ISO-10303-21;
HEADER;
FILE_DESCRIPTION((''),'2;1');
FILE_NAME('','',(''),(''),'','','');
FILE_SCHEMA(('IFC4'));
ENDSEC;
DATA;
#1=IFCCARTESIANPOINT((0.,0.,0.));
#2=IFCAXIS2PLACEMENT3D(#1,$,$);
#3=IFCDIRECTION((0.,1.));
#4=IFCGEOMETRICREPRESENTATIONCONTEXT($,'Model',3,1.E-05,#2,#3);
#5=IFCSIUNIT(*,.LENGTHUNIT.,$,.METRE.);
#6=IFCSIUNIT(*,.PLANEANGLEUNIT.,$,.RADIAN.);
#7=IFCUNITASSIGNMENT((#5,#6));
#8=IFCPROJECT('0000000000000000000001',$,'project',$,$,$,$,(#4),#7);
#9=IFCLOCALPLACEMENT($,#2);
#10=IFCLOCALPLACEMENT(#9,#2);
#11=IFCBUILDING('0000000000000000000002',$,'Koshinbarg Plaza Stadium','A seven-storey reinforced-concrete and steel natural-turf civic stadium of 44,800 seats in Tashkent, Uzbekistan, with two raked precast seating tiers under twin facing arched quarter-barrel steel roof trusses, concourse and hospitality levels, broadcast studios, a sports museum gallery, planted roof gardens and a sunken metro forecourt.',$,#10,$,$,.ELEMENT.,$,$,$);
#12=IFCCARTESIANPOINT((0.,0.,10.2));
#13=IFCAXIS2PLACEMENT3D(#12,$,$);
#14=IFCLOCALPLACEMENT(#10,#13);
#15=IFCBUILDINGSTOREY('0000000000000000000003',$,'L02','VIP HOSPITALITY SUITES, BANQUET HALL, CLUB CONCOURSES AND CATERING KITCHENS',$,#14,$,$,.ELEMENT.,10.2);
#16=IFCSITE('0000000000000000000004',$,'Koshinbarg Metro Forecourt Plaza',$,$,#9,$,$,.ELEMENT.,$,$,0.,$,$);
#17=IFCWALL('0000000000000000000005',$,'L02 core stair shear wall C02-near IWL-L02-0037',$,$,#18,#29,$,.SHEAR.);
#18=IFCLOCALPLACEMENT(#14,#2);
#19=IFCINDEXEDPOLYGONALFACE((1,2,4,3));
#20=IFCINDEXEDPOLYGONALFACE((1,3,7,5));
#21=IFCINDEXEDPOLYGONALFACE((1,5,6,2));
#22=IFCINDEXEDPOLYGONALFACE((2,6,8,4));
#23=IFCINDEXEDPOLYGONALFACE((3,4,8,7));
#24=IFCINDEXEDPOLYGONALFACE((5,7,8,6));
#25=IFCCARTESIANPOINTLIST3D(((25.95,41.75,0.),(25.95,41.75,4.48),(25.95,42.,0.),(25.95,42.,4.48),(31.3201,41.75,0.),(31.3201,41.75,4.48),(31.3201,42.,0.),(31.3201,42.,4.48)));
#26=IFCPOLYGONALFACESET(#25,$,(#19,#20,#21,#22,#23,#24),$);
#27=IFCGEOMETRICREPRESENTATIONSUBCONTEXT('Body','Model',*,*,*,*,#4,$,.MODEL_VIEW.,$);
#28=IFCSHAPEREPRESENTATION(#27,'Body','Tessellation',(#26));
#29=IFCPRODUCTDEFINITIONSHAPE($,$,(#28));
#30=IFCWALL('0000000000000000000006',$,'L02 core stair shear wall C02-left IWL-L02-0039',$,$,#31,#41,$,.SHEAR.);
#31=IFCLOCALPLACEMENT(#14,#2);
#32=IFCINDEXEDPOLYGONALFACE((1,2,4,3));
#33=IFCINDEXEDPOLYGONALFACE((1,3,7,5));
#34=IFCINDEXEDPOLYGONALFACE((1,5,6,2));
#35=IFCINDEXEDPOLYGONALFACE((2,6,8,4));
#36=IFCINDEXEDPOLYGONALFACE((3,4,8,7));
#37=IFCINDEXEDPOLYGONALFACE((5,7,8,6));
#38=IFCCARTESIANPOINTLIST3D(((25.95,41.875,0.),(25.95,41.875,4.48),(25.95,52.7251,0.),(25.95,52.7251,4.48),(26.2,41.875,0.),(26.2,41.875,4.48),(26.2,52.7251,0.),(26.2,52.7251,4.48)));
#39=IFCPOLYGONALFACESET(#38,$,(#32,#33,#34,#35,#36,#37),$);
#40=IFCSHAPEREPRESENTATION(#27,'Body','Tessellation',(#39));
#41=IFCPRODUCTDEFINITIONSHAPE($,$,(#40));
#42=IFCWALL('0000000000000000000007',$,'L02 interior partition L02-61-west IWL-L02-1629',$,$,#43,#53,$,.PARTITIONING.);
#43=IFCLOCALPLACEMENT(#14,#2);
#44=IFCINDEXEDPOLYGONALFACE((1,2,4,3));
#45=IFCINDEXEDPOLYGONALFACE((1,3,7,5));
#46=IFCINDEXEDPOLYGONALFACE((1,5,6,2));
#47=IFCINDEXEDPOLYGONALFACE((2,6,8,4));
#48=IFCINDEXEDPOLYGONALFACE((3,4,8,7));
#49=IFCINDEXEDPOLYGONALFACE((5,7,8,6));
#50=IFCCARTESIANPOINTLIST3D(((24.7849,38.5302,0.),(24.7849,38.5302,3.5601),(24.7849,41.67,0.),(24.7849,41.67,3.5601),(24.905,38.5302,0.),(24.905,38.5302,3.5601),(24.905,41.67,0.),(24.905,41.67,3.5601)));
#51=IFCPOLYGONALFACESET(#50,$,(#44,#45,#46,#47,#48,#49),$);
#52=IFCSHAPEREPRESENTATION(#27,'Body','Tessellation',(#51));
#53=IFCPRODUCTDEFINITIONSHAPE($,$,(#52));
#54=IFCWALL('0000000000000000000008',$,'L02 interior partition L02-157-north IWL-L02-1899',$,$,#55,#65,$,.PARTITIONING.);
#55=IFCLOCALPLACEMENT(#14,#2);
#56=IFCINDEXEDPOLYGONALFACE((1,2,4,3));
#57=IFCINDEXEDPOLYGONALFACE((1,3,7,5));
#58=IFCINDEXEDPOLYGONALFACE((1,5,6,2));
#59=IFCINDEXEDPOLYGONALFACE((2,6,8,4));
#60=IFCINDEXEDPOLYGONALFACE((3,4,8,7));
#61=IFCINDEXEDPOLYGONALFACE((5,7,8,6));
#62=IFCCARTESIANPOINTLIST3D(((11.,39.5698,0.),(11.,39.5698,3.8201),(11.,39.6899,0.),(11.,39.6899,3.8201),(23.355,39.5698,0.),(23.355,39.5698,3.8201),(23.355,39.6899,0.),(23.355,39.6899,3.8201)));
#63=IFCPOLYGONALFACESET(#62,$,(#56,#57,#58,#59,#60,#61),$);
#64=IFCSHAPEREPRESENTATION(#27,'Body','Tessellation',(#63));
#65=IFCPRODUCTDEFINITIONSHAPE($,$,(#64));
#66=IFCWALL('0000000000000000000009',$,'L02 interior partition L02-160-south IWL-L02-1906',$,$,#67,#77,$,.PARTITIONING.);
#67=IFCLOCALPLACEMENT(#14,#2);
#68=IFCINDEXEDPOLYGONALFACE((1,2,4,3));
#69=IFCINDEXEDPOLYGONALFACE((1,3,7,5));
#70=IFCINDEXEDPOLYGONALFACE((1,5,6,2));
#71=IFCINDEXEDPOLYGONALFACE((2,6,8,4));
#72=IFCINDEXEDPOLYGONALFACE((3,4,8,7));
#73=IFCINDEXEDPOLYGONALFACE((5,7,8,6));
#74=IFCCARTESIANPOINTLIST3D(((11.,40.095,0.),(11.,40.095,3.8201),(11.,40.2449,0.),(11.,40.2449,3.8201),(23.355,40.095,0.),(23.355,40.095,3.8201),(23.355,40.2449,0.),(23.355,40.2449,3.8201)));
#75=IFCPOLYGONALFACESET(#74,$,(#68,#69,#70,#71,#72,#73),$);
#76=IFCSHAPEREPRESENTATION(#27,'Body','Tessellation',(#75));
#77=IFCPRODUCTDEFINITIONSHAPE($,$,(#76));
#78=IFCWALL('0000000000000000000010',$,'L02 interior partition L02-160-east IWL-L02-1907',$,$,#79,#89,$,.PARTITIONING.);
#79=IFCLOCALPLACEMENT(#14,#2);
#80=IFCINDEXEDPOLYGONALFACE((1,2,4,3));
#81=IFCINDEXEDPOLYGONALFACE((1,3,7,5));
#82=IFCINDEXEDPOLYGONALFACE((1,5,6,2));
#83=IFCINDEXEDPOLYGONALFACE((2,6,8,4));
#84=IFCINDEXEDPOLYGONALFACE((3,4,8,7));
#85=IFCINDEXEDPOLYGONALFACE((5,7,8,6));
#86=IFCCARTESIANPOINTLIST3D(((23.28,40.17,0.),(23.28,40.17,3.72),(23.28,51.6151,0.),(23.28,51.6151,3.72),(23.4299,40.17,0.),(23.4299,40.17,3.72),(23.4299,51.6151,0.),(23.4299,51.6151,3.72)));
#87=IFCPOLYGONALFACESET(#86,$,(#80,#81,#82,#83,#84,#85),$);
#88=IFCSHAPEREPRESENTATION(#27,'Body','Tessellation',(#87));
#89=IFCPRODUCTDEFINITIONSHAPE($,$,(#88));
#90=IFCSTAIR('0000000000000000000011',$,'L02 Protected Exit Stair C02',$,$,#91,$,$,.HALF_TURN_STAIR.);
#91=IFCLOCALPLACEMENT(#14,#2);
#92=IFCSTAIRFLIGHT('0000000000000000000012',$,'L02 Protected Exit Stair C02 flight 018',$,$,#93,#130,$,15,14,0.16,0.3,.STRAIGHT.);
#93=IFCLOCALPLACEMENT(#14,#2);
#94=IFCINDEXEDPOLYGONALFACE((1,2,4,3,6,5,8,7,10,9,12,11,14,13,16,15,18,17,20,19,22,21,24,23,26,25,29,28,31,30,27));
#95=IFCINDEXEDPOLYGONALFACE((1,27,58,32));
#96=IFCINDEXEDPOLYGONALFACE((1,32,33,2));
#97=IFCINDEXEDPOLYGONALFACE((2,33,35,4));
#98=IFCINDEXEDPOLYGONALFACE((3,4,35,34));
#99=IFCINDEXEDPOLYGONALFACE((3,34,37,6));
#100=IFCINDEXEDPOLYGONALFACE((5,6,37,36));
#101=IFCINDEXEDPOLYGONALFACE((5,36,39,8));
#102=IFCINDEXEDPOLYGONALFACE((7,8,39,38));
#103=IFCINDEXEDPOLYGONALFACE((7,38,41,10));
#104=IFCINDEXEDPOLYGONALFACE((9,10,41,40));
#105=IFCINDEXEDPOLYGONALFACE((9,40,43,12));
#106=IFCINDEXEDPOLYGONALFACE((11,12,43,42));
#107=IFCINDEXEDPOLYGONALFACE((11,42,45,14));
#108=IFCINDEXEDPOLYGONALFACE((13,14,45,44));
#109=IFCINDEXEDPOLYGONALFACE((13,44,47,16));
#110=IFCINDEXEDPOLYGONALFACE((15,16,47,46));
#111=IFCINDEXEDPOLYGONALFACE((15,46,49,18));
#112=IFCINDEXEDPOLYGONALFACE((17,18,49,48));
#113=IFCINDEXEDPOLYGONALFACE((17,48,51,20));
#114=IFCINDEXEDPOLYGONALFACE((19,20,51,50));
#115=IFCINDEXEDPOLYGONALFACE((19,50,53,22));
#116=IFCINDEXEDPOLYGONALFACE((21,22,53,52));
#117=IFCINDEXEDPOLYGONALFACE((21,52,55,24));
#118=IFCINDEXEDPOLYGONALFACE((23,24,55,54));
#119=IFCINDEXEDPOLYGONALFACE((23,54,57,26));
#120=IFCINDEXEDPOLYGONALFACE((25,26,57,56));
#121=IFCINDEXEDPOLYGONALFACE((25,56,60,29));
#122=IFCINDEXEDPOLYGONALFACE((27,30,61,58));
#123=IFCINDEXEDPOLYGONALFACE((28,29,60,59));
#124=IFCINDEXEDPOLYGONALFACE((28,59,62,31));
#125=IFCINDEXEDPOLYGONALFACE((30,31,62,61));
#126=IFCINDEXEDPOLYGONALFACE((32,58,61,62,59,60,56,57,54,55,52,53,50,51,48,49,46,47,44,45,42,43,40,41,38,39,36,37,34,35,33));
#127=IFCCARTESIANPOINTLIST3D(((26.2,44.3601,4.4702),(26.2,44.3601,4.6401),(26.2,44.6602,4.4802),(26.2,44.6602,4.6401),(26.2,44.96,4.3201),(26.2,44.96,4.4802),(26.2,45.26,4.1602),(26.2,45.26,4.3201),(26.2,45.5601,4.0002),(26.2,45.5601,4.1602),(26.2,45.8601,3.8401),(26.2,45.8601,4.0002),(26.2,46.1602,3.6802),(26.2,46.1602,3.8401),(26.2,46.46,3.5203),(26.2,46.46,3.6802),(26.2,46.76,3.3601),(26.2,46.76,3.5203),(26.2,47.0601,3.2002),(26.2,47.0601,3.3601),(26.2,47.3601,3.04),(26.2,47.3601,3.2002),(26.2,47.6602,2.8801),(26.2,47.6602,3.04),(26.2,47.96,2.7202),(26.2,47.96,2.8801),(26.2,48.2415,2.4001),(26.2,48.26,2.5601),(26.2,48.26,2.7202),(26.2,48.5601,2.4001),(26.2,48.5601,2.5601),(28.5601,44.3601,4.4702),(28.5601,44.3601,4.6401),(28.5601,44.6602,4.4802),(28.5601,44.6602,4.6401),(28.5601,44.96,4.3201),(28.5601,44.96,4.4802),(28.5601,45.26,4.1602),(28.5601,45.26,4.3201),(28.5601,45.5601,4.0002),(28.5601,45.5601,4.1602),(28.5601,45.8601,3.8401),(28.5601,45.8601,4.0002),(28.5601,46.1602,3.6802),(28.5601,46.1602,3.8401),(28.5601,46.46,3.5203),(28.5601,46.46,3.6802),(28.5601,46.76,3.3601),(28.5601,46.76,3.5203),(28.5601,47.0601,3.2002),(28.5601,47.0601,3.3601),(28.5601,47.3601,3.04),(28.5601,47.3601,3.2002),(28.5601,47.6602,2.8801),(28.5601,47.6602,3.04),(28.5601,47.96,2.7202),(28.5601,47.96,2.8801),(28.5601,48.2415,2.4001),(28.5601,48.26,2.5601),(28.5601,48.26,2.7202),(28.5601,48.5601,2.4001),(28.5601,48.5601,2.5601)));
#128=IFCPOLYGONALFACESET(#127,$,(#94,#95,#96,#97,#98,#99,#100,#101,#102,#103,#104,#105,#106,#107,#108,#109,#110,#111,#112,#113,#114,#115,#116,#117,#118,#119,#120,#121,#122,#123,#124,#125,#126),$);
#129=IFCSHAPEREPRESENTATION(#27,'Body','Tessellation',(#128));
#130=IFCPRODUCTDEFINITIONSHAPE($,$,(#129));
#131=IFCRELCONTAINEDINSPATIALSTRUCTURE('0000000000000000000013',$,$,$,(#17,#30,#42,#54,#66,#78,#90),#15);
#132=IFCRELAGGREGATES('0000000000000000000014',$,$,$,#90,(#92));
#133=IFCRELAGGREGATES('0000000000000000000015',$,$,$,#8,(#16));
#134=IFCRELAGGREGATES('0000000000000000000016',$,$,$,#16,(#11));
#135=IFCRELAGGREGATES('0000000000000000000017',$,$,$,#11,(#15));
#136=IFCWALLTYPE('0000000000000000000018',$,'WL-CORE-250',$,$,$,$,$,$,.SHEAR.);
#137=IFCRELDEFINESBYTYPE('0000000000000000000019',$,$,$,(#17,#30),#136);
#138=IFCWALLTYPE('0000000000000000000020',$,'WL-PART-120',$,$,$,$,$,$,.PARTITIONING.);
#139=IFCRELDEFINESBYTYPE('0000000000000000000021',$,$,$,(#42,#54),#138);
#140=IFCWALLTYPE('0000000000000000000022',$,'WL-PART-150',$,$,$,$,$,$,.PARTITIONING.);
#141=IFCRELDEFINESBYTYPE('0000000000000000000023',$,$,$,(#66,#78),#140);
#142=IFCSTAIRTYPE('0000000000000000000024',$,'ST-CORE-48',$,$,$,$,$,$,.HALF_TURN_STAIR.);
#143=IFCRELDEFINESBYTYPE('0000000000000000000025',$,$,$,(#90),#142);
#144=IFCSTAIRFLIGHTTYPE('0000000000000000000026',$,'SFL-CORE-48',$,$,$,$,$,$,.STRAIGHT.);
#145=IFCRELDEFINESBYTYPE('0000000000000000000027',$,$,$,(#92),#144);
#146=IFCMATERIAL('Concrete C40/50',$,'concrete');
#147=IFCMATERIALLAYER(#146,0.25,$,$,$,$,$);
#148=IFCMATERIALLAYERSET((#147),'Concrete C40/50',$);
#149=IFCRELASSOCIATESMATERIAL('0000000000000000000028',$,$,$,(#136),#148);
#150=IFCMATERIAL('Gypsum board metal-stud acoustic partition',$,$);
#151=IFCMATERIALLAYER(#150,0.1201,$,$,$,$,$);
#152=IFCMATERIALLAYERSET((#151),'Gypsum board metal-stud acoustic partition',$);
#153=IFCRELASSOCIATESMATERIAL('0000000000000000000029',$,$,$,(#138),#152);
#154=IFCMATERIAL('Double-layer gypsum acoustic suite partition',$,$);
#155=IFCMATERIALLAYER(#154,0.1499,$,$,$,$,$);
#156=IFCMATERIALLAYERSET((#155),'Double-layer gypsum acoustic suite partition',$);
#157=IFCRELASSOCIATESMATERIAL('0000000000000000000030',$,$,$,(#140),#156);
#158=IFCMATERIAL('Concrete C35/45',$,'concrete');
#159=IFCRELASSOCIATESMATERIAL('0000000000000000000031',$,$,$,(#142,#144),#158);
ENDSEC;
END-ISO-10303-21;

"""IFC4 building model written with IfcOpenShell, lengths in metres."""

from ifc_helpers import new_model, si_unit, direction, frame, frame_2d, origin, place, context, subcontext, project, spatial, polyline, rectangle, outline, extrude, material, layer, layer_set, type_object, element, aggregate, save


model = new_model("IFC4")

# Units and contexts
model_context = context("Model", 3, precision=1e-05, world=origin(), true_north=direction((0.0, 1.0)))
body_context = subcontext(model_context, "Body", "Model", "MODEL_VIEW")
ifc_project = project(units=[si_unit("LENGTHUNIT", "METRE"), si_unit("PLANEANGLEUNIT", "RADIAN")], contexts=[model_context])

# Site, building, storey
site_placement = place(None, origin())
site = spatial("IfcSite", under=ifc_project, at=site_placement, Name="Koshinbarg Metro Forecourt Plaza", CompositionType="ELEMENT", RefElevation=0.0)
building_placement = place(site_placement, origin())
building = spatial("IfcBuilding", under=site, at=building_placement, Name="Koshinbarg Plaza Stadium", Description="A seven-storey reinforced-concrete and steel natural-turf civic stadium of 44,800 seats in Tashkent, Uzbekistan, with two raked precast seating tiers under twin facing arched quarter-barrel steel roof trusses, concourse and hospitality levels, broadcast studios, a sports museum gallery, planted roof gardens and a sunken metro forecourt.", CompositionType="ELEMENT")
storey_placement = place(building_placement, frame((0.0, 0.0, 10.2)))
storey = spatial("IfcBuildingStorey", under=building, at=storey_placement, Name="L02", Description="VIP HOSPITALITY SUITES, BANQUET HALL, CLUB CONCOURSES AND CATERING KITCHENS", CompositionType="ELEMENT", Elevation=10.2)

# Shared definitions
ifc_material_1 = material(Name="Concrete C40/50", Category="concrete")

# Walls
ifc_layer_1 = layer(ifc_material_1, 0.25)
ifc_layer_set_1 = layer_set([ifc_layer_1], Name="Concrete C40/50")
wall_type_1 = type_object("IfcWallType", Name="WL-CORE-250", PredefinedType="SHEAR", material=ifc_layer_set_1)
wall_1_placement = place(storey_placement, frame((25.95, 41.875, 0.0), z_axis=(0.0, 0.0, 1.0), x_axis=(1.0, 0.0, 0.0)))
element("IfcWall", 1, at=wall_1_placement, inside=storey, type_object=wall_type_1, Name="L02 core stair shear wall C02-near IWL-L02-0037", PredefinedType="SHEAR", context=body_context, shape_type="SweptSolid", body=[
    extrude(rectangle(XDim=5.3701, YDim=0.25, at=frame_2d((2.6851, 0.0))), origin(), (0.0, 0.0, 1.0), 4.48),
])
wall_2_placement = place(storey_placement, frame((26.075, 41.875, 0.0), z_axis=(0.0, 0.0, 1.0), x_axis=(0.0, 1.0, 0.0)))
element("IfcWall", 2, at=wall_2_placement, inside=storey, type_object=wall_type_1, Name="L02 core stair shear wall C02-left IWL-L02-0039", PredefinedType="SHEAR", context=body_context, shape_type="SweptSolid", body=[
    extrude(rectangle(XDim=10.8501, YDim=0.25, at=frame_2d((5.425, 0.0))), origin(), (0.0, 0.0, 1.0), 4.48),
])
ifc_material_2 = material(Name="Gypsum board metal-stud acoustic partition")
ifc_layer_2 = layer(ifc_material_2, 0.1201)
ifc_layer_set_2 = layer_set([ifc_layer_2], Name="Gypsum board metal-stud acoustic partition")
wall_type_2 = type_object("IfcWallType", Name="WL-PART-120", PredefinedType="PARTITIONING", material=ifc_layer_set_2)
wall_3_placement = place(storey_placement, frame((24.845, 41.6699, 0.0), z_axis=(0.0, 0.0, 1.0), x_axis=(0.0, -1.0, 0.0)))
element("IfcWall", 3, at=wall_3_placement, inside=storey, type_object=wall_type_2, Name="L02 interior partition L02-61-west IWL-L02-1629", PredefinedType="PARTITIONING", context=body_context, shape_type="SweptSolid", body=[
    extrude(rectangle(XDim=3.1399, YDim=0.1201, at=frame_2d((1.5698, 0.0))), origin(), (0.0, 0.0, 1.0), 3.5601),
])
wall_4_placement = place(storey_placement, frame((23.355, 39.6299, 0.0), z_axis=(0.0, 0.0, 1.0), x_axis=(-1.0, 0.0, 0.0)))
element("IfcWall", 4, at=wall_4_placement, inside=storey, type_object=wall_type_2, Name="L02 interior partition L02-157-north IWL-L02-1899", PredefinedType="PARTITIONING", context=body_context, shape_type="SweptSolid", body=[
    extrude(rectangle(XDim=12.355, YDim=0.1201, at=frame_2d((6.1775, 0.0))), origin(), (0.0, 0.0, 1.0), 3.8201),
])
ifc_material_3 = material(Name="Double-layer gypsum acoustic suite partition")
ifc_layer_3 = layer(ifc_material_3, 0.1499)
ifc_layer_set_3 = layer_set([ifc_layer_3], Name="Double-layer gypsum acoustic suite partition")
wall_type_3 = type_object("IfcWallType", Name="WL-PART-150", PredefinedType="PARTITIONING", material=ifc_layer_set_3)
wall_5_placement = place(storey_placement, frame((11.0, 40.1699, 0.0), z_axis=(0.0, 0.0, 1.0), x_axis=(1.0, 0.0, 0.0)))
element("IfcWall", 5, at=wall_5_placement, inside=storey, type_object=wall_type_3, Name="L02 interior partition L02-160-south IWL-L02-1906", PredefinedType="PARTITIONING", context=body_context, shape_type="SweptSolid", body=[
    extrude(rectangle(XDim=12.355, YDim=0.1499, at=frame_2d((6.1775, 0.0))), origin(), (0.0, 0.0, 1.0), 3.8201),
])
wall_6_placement = place(storey_placement, frame((23.355, 40.1699, 0.0), z_axis=(0.0, 0.0, 1.0), x_axis=(0.0, 1.0, 0.0)))
element("IfcWall", 6, at=wall_6_placement, inside=storey, type_object=wall_type_3, Name="L02 interior partition L02-160-east IWL-L02-1907", PredefinedType="PARTITIONING", context=body_context, shape_type="SweptSolid", body=[
    extrude(rectangle(XDim=11.4451, YDim=0.1499, at=frame_2d((5.7227, 0.0))), origin(), (0.0, 0.0, 1.0), 3.72),
])

# Stair, stair flight
ifc_material_4 = material(Name="Concrete C35/45", Category="concrete")
stair_type = type_object("IfcStairType", Name="ST-CORE-48", PredefinedType="HALF_TURN_STAIR", material=ifc_material_4)
stair_placement = place(storey_placement, origin())
stair = element("IfcStair", 7, at=stair_placement, inside=storey, type_object=stair_type, Name="L02 Protected Exit Stair C02", PredefinedType="HALF_TURN_STAIR")
stair_flight_type = type_object("IfcStairFlightType", Name="SFL-CORE-48", PredefinedType="STRAIGHT", material=ifc_material_4)
stair_flight_placement = place(storey_placement, frame((27.3799, 48.5601, 2.4001), z_axis=(0.0, 0.0, 1.0), x_axis=(0.0, -1.0, 0.0)))
stair_flight = element("IfcStairFlight", 8, at=stair_flight_placement, type_object=stair_flight_type, Name="L02 Protected Exit Stair C02 flight 018", NumberOfRisers=15, NumberOfTreads=14, PredefinedType="STRAIGHT", RiserHeight=0.16, TreadLength=0.3, context=body_context, shape_type="SweptSolid", body=[
    extrude(outline(polyline([(0.0, 0.0), (0.0, 0.1599), (0.3, 0.1599), (0.3, 0.3201), (0.6001, 0.3201), (0.6001, 0.48), (0.8999, 0.48), (0.8999, 0.6399), (1.2, 0.6399), (1.2, 0.8), (1.5, 0.8), (1.5, 0.96), (1.8, 0.96), (1.8, 1.1201), (2.1001, 1.1201), (2.1001, 1.28), (2.3999, 1.28), (2.3999, 1.4399), (2.7, 1.4399), (2.7, 1.6001), (3.0, 1.6001), (3.0, 1.76), (3.3, 1.76), (3.3, 1.9199), (3.6001, 1.9199), (3.6001, 2.0801), (3.8999, 2.0801), (3.8999, 2.24), (4.2, 2.24), (4.2, 2.3999), (4.2, 2.0701), (0.3186, 0.0), (0.0, 0.0)])), frame((0.0, 1.1802, 0.0), z_axis=(0.0, -1.0, 0.0), x_axis=(1.0, 0.0, 0.0)), (0.0, 0.0, 1.0), 2.3601),
])
aggregate(stair, [stair_flight])

save(model, "model.ifc")
